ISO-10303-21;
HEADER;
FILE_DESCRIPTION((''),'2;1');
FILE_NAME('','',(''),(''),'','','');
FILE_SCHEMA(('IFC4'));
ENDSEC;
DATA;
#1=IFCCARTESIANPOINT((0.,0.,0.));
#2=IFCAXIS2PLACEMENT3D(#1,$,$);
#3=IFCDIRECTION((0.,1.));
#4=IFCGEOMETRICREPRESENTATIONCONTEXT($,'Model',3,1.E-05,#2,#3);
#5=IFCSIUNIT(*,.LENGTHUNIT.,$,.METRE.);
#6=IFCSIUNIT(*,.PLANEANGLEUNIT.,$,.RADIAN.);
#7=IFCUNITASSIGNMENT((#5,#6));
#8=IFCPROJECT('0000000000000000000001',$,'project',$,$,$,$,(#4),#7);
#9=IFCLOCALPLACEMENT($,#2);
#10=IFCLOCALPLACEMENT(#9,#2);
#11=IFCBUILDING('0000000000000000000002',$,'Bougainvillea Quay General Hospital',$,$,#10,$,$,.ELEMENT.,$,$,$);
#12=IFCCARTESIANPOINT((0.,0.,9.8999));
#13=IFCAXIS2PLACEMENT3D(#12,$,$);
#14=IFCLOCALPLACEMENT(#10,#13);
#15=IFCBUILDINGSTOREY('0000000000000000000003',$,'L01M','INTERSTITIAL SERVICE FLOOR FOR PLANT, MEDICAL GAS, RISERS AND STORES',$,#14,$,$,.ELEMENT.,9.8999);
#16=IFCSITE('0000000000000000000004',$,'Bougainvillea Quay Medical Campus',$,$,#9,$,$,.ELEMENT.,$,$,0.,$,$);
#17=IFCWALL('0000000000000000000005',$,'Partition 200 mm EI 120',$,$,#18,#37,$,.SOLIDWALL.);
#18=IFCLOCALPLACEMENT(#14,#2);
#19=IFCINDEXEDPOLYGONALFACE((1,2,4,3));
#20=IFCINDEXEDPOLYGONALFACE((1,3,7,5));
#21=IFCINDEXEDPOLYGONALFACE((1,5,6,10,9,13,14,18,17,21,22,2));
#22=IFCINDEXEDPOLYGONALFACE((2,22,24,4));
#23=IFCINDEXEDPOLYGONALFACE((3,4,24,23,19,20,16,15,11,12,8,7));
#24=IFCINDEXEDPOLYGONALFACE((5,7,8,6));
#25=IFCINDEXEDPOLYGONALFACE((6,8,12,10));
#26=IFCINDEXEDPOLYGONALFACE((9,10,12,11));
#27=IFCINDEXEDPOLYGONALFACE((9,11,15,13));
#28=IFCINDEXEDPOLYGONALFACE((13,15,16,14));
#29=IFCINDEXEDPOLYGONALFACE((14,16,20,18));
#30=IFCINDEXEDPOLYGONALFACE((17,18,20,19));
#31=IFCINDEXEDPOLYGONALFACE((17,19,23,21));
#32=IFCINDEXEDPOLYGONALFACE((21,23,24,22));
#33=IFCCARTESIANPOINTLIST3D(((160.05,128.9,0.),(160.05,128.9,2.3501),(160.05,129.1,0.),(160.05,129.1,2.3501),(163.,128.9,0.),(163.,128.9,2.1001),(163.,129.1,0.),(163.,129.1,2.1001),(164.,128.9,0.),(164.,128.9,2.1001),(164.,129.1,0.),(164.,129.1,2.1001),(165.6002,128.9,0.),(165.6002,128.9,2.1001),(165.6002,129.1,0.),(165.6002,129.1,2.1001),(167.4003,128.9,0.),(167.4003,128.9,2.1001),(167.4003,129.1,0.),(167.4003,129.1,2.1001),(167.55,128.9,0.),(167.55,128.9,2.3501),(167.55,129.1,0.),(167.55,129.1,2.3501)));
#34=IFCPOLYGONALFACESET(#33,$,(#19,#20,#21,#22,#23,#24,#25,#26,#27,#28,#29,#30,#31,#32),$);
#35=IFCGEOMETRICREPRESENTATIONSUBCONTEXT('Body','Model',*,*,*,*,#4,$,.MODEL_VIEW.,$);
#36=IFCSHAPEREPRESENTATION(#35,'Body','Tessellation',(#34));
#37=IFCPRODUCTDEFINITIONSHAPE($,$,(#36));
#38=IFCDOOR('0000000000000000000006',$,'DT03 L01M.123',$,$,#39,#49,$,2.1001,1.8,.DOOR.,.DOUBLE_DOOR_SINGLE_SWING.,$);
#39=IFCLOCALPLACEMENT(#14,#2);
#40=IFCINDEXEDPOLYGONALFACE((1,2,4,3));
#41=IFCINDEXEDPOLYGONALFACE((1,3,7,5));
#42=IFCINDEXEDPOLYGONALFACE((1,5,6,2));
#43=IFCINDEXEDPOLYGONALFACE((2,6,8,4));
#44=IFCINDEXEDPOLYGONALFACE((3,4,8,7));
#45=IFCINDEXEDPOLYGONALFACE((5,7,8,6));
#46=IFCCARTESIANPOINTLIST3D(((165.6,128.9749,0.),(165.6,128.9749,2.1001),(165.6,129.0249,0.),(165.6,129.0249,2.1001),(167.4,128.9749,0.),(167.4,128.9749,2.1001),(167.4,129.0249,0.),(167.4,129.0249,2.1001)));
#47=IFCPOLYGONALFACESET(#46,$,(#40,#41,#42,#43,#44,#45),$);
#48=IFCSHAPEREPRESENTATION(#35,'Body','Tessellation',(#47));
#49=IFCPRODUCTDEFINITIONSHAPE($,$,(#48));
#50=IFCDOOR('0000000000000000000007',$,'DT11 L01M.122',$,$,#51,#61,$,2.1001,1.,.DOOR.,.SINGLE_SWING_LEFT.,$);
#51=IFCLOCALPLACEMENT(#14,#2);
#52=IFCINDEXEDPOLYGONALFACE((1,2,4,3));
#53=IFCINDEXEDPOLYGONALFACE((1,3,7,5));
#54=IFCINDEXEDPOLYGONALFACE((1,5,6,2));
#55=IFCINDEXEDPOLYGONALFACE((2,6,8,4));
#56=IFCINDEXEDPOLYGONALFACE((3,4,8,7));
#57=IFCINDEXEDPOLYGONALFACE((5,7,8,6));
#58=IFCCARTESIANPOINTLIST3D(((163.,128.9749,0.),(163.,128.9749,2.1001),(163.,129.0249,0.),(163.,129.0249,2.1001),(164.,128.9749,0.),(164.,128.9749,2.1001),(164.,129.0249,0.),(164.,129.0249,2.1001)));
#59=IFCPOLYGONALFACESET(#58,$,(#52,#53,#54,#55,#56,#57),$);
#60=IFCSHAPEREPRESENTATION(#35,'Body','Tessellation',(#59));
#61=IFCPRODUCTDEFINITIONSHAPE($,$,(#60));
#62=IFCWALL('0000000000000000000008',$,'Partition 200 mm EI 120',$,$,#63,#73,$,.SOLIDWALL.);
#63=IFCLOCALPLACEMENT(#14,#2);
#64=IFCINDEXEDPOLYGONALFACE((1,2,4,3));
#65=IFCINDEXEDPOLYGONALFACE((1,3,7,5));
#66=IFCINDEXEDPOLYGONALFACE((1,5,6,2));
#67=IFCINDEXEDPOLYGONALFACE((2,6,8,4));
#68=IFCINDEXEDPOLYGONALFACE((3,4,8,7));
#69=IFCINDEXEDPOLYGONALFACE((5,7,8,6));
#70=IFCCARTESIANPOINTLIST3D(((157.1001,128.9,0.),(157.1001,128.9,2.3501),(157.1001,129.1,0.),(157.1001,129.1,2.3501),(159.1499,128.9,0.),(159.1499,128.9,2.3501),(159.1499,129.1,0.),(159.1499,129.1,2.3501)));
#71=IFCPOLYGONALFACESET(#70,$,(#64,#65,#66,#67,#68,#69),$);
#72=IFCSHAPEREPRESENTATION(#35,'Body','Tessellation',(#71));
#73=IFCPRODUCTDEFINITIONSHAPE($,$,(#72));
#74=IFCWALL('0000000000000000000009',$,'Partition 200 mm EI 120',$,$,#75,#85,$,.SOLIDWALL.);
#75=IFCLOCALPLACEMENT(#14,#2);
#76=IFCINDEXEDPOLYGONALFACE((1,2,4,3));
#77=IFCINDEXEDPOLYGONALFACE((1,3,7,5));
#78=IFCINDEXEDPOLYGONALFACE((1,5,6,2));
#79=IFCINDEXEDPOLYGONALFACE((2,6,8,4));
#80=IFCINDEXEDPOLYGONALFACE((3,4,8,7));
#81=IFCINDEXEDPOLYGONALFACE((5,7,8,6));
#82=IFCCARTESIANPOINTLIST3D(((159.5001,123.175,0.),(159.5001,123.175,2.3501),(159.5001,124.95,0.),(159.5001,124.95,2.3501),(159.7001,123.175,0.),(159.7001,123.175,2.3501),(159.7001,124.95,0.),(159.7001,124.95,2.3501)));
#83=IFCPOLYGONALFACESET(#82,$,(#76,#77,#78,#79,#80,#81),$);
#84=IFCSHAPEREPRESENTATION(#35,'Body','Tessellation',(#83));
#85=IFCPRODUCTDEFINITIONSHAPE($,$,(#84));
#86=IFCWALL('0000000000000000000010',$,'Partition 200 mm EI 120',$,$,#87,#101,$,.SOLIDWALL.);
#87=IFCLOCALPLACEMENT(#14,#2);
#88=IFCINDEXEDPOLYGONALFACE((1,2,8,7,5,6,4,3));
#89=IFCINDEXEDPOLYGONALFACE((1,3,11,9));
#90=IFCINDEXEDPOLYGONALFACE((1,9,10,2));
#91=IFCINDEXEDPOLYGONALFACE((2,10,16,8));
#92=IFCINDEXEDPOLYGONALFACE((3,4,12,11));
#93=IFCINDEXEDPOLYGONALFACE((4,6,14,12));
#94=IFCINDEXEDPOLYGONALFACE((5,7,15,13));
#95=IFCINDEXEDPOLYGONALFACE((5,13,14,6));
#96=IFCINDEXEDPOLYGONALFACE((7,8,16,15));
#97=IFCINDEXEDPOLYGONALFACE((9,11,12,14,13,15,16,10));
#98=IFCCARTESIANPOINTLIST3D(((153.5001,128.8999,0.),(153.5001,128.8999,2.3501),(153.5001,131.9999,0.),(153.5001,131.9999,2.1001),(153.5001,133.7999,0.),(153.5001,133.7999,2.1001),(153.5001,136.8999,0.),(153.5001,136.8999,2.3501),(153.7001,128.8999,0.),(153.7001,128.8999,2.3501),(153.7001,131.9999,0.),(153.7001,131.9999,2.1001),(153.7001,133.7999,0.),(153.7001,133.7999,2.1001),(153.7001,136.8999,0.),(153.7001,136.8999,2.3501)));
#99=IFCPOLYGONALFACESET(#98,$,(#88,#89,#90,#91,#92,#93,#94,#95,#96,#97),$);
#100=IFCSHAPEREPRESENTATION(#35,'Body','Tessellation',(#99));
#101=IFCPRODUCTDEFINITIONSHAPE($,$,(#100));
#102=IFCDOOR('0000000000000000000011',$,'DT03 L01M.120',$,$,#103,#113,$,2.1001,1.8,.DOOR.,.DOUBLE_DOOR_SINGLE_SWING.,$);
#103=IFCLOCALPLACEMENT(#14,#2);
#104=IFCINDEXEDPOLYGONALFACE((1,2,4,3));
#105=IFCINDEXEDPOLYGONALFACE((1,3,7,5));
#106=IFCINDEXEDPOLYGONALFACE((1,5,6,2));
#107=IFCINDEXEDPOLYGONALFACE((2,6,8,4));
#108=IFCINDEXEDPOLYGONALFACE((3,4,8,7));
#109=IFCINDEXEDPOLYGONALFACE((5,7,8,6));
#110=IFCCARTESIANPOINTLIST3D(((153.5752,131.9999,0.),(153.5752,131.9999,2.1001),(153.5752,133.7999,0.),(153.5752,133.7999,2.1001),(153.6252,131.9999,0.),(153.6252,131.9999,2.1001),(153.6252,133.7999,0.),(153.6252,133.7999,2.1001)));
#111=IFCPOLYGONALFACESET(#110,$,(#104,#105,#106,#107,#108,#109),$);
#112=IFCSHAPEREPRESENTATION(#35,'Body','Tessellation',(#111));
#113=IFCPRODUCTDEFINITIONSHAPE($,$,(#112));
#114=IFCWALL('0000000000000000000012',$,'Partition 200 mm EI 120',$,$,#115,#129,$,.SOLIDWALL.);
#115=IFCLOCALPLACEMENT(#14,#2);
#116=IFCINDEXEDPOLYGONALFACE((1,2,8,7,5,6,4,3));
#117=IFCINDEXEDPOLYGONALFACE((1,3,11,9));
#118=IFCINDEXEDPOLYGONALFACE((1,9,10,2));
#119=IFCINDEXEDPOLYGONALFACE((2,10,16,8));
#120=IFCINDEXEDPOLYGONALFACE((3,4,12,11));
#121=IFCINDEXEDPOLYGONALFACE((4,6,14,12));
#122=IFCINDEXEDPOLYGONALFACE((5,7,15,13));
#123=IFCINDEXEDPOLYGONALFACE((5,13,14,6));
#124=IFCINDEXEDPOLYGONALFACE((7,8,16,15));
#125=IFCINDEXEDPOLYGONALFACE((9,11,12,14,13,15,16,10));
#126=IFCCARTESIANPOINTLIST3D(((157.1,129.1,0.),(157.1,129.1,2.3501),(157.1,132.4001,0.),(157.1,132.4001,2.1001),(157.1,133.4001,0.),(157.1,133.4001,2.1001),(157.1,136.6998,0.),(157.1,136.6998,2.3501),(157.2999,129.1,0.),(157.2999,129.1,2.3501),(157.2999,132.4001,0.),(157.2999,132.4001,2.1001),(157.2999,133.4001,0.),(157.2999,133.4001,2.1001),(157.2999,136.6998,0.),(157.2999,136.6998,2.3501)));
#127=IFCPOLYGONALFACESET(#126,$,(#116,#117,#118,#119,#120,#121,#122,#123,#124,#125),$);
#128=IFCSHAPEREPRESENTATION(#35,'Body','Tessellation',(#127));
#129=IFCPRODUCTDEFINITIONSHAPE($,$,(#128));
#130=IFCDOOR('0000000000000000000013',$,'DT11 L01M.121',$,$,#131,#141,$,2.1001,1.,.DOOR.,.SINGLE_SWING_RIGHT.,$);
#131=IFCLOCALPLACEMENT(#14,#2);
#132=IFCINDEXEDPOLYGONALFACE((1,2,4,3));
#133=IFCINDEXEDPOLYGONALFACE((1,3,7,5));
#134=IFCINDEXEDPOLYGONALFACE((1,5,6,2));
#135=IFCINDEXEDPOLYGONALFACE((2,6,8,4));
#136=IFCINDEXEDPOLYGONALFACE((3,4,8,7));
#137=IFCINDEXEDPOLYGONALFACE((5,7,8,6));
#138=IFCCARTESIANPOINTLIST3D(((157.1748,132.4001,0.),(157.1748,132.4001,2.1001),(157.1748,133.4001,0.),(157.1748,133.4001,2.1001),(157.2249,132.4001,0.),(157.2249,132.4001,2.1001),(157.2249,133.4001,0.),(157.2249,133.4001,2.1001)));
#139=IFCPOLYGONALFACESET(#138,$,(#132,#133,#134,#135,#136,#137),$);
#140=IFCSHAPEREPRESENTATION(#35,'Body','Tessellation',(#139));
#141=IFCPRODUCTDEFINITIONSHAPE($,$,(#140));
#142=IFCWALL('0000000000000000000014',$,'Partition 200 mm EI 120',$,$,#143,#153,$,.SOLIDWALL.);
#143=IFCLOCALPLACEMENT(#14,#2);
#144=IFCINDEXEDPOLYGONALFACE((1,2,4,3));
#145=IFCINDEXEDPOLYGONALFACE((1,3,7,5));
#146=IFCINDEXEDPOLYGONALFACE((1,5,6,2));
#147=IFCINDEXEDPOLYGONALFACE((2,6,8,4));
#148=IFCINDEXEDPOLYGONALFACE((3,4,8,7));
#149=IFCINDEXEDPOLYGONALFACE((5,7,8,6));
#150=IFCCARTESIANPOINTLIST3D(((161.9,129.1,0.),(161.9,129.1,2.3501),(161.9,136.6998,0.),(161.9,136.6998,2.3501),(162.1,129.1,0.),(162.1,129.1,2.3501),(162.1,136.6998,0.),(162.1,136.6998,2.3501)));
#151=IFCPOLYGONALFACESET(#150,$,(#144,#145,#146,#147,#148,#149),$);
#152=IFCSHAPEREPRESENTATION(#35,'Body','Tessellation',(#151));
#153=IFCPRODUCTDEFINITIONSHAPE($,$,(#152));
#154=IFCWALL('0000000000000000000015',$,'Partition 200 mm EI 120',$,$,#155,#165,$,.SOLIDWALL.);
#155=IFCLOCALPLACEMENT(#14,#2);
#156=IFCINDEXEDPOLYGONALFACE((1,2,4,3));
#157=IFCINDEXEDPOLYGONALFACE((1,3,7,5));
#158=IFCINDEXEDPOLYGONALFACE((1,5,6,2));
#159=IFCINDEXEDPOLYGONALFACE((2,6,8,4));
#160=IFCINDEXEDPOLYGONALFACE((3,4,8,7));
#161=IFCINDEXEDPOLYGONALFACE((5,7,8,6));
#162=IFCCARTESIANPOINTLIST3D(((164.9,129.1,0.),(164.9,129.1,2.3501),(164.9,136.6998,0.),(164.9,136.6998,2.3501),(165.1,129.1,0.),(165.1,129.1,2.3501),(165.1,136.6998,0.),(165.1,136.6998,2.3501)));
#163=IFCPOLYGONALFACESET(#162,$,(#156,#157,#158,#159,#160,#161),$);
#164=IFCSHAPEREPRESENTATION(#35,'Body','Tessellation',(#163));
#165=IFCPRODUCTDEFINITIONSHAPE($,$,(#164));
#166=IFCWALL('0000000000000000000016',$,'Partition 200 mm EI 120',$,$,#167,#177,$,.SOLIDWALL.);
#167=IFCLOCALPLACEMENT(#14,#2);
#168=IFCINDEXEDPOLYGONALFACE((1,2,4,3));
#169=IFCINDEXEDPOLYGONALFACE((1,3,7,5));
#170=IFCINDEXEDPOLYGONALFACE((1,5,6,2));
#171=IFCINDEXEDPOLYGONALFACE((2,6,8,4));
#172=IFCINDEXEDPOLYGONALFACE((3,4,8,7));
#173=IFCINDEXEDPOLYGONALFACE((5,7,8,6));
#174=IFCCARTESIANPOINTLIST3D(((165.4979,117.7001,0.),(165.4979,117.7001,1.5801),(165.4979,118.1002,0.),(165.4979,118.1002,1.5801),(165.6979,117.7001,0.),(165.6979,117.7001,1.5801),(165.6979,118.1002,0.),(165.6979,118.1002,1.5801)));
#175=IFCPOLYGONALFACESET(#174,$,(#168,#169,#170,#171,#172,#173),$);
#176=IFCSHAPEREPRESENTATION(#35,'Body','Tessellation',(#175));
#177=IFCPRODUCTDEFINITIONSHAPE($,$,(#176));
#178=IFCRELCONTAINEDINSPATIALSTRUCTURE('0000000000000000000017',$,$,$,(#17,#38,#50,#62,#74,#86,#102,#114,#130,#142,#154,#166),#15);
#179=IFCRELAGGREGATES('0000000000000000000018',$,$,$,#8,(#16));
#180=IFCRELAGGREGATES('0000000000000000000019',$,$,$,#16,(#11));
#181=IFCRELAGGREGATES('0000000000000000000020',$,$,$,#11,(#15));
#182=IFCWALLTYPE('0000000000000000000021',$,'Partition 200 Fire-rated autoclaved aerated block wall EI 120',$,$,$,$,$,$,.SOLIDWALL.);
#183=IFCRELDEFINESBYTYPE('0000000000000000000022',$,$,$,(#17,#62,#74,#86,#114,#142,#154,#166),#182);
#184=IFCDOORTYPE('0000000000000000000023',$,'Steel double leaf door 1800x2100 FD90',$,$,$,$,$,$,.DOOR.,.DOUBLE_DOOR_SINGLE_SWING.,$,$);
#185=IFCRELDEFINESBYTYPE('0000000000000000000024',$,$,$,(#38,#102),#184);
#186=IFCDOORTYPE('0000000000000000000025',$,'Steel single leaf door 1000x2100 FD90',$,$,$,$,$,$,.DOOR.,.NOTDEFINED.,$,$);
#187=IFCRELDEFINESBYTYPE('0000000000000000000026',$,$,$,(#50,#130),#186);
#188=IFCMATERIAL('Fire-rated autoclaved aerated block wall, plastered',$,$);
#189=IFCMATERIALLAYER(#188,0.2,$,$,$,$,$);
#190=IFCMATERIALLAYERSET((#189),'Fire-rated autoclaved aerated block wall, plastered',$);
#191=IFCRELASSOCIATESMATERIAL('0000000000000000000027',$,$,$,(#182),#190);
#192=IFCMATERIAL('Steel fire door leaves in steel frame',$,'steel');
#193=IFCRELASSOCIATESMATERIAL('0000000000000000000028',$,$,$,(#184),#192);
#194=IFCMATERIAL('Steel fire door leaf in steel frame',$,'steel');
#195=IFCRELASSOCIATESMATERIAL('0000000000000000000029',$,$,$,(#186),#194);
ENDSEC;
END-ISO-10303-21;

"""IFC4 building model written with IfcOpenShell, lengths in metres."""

from ifc_helpers import new_model, si_unit, direction, frame, frame_2d, origin, place, context, subcontext, project, spatial, rectangle, extrude, material, layer, layer_set, type_object, element, fill, save


model = new_model("IFC4")

# Units and contexts
model_context = context("Model", 3, precision=1e-05, world=origin(), true_north=direction((0.0, 1.0)))
body_context = subcontext(model_context, "Body", "Model", "MODEL_VIEW")
ifc_project = project(units=[si_unit("LENGTHUNIT", "METRE"), si_unit("PLANEANGLEUNIT", "RADIAN")], contexts=[model_context])

# Site, building, storey
site_placement = place(None, origin())
site = spatial("IfcSite", under=ifc_project, at=site_placement, Name="Bougainvillea Quay Medical Campus", CompositionType="ELEMENT", RefElevation=0.0)
building_placement = place(site_placement, origin())
building = spatial("IfcBuilding", under=site, at=building_placement, Name="Bougainvillea Quay General Hospital", CompositionType="ELEMENT")
storey_placement = place(building_placement, frame((0.0, 0.0, 9.8999)))
storey = spatial("IfcBuildingStorey", under=building, at=storey_placement, Name="L01M", Description="INTERSTITIAL SERVICE FLOOR FOR PLANT, MEDICAL GAS, RISERS AND STORES", CompositionType="ELEMENT", Elevation=9.8999)

# Shared definitions
ifc_material_1 = material(Name="Fire-rated autoclaved aerated block wall, plastered")
ifc_layer_1 = layer(ifc_material_1, 0.2)
ifc_layer_set_1 = layer_set([ifc_layer_1], Name="Fire-rated autoclaved aerated block wall, plastered")
wall_type_1 = type_object("IfcWallType", Name="Partition 200 Fire-rated autoclaved aerated block wall EI 120", PredefinedType="SOLIDWALL", material=ifc_layer_set_1)

# Shared definitions
ifc_material_2 = material(Name="Steel fire door leaves in steel frame", Category="steel")
door_type_1 = type_object("IfcDoorType", Name="Steel double leaf door 1800x2100 FD90", OperationType="DOUBLE_DOOR_SINGLE_SWING", PredefinedType="DOOR", material=ifc_material_2)
ifc_material_3 = material(Name="Steel fire door leaf in steel frame", Category="steel")
door_type_2 = type_object("IfcDoorType", Name="Steel single leaf door 1000x2100 FD90", OperationType="NOTDEFINED", PredefinedType="DOOR", material=ifc_material_3)

# Wall, openings, doors
wall_1_placement = place(storey_placement, frame((167.55, 129.0, 0.0), z_axis=(0.0, 0.0, 1.0), x_axis=(-1.0, 0.0, 0.0)))
wall_1 = element("IfcWall", 1, at=wall_1_placement, inside=storey, type_object=wall_type_1, Name="Partition 200 mm EI 120", PredefinedType="SOLIDWALL", context=body_context, shape_type="SweptSolid", body=[
    extrude(rectangle(XDim=7.5, YDim=0.2, at=frame_2d((3.75, 0.0))), origin(), (0.0, 0.0, 1.0), 2.3501),
])
opening_1_placement = place(wall_1_placement, frame((3.55, 0.0, 0.0)))
opening_1 = element("IfcOpeningElement", 2, at=opening_1_placement, cuts=wall_1, PredefinedType="OPENING", context=body_context, shape_type="SweptSolid", body=[
    extrude(rectangle(XDim=1.0, YDim=2.1001, at=frame_2d((0.5, 1.05))), frame((0.0, 0.1099, 0.0), z_axis=(0.0, -1.0, 0.0), x_axis=(1.0, 0.0, 0.0)), (0.0, 0.0, 1.0), 0.22),
])
opening_2_placement = place(wall_1_placement, frame((0.1499, 0.0, 0.0)))
opening_2 = element("IfcOpeningElement", 3, at=opening_2_placement, cuts=wall_1, PredefinedType="OPENING", context=body_context, shape_type="SweptSolid", body=[
    extrude(rectangle(XDim=1.8, YDim=2.1001, at=frame_2d((0.8999, 1.05))), frame((0.0, 0.1099, 0.0), z_axis=(0.0, -1.0, 0.0), x_axis=(1.0, 0.0, 0.0)), (0.0, 0.0, 1.0), 0.22),
])
door_1_placement = place(opening_2_placement, frame((1.8, 0.0, 0.0), z_axis=(0.0, 0.0, 1.0), x_axis=(-1.0, 0.0, 0.0)))
door_1 = element("IfcDoor", 4, at=door_1_placement, inside=storey, type_object=door_type_1, Name="DT03 L01M.123", OperationType="DOUBLE_DOOR_SINGLE_SWING", OverallHeight=2.1001, OverallWidth=1.8, PredefinedType="DOOR", context=body_context, shape_type="SweptSolid", body=[
    extrude(rectangle(XDim=1.8, YDim=2.1001, at=frame_2d((0.8999, 1.05))), frame((0.0, 0.0249, 0.0), z_axis=(0.0, -1.0, 0.0), x_axis=(1.0, 0.0, 0.0)), (0.0, 0.0, 1.0), 0.05),
])
fill(opening_2, door_1)
door_2_placement = place(opening_1_placement, frame((1.0, 0.0, 0.0), z_axis=(0.0, 0.0, 1.0), x_axis=(-1.0, 0.0, 0.0)))
door_2 = element("IfcDoor", 5, at=door_2_placement, inside=storey, type_object=door_type_2, Name="DT11 L01M.122", OperationType="SINGLE_SWING_LEFT", OverallHeight=2.1001, OverallWidth=1.0, PredefinedType="DOOR", context=body_context, shape_type="SweptSolid", body=[
    extrude(rectangle(XDim=1.0, YDim=2.1001, at=frame_2d((0.5, 1.05))), frame((0.0, 0.0249, 0.0), z_axis=(0.0, -1.0, 0.0), x_axis=(1.0, 0.0, 0.0)), (0.0, 0.0, 1.0), 0.05),
])
fill(opening_1, door_2)

# Walls
wall_2_placement = place(storey_placement, frame((159.1499, 129.0, 0.0), z_axis=(0.0, 0.0, 1.0), x_axis=(-1.0, 0.0, 0.0)))
element("IfcWall", 6, at=wall_2_placement, inside=storey, type_object=wall_type_1, Name="Partition 200 mm EI 120", PredefinedType="SOLIDWALL", context=body_context, shape_type="SweptSolid", body=[
    extrude(rectangle(XDim=2.0498, YDim=0.2, at=frame_2d((1.0249, 0.0))), origin(), (0.0, 0.0, 1.0), 2.3501),
])
wall_3_placement = place(storey_placement, frame((159.6001, 123.175, 0.0), z_axis=(0.0, 0.0, 1.0), x_axis=(0.0, 1.0, 0.0)))
element("IfcWall", 7, at=wall_3_placement, inside=storey, type_object=wall_type_1, Name="Partition 200 mm EI 120", PredefinedType="SOLIDWALL", context=body_context, shape_type="SweptSolid", body=[
    extrude(rectangle(XDim=1.7749, YDim=0.2, at=frame_2d((0.8875, 0.0))), origin(), (0.0, 0.0, 1.0), 2.3501),
])

# Walls, openings, doors
wall_4_placement = place(storey_placement, frame((153.6001, 128.8999, 0.0), z_axis=(0.0, 0.0, 1.0), x_axis=(0.0, 1.0, 0.0)))
wall_4 = element("IfcWall", 8, at=wall_4_placement, inside=storey, type_object=wall_type_1, Name="Partition 200 mm EI 120", PredefinedType="SOLIDWALL", context=body_context, shape_type="SweptSolid", body=[
    extrude(rectangle(XDim=8.0, YDim=0.2, at=frame_2d((4.0, 0.0))), origin(), (0.0, 0.0, 1.0), 2.3501),
])
opening_3_placement = place(wall_4_placement, frame((3.1001, 0.0, 0.0)))
opening_3 = element("IfcOpeningElement", 9, at=opening_3_placement, cuts=wall_4, PredefinedType="OPENING", context=body_context, shape_type="SweptSolid", body=[
    extrude(rectangle(XDim=1.8, YDim=2.1001, at=frame_2d((0.8999, 1.05))), frame((0.0, 0.1099, 0.0), z_axis=(0.0, -1.0, 0.0), x_axis=(1.0, 0.0, 0.0)), (0.0, 0.0, 1.0), 0.22),
])
door_3_placement = place(opening_3_placement, origin())
door_3 = element("IfcDoor", 10, at=door_3_placement, inside=storey, type_object=door_type_1, Name="DT03 L01M.120", OperationType="DOUBLE_DOOR_SINGLE_SWING", OverallHeight=2.1001, OverallWidth=1.8, PredefinedType="DOOR", context=body_context, shape_type="SweptSolid", body=[
    extrude(rectangle(XDim=1.8, YDim=2.1001, at=frame_2d((0.8999, 1.05))), frame((0.0, 0.0249, 0.0), z_axis=(0.0, -1.0, 0.0), x_axis=(1.0, 0.0, 0.0)), (0.0, 0.0, 1.0), 0.05),
])
fill(opening_3, door_3)
wall_5_placement = place(storey_placement, frame((157.2, 129.1001, 0.0), z_axis=(0.0, 0.0, 1.0), x_axis=(0.0, 1.0, 0.0)))
wall_5 = element("IfcWall", 11, at=wall_5_placement, inside=storey, type_object=wall_type_1, Name="Partition 200 mm EI 120", PredefinedType="SOLIDWALL", context=body_context, shape_type="SweptSolid", body=[
    extrude(rectangle(XDim=7.5999, YDim=0.2, at=frame_2d((3.7998, 0.0))), origin(), (0.0, 0.0, 1.0), 2.3501),
])
opening_4_placement = place(wall_5_placement, frame((3.3, 0.0, 0.0)))
opening_4 = element("IfcOpeningElement", 12, at=opening_4_placement, cuts=wall_5, PredefinedType="OPENING", context=body_context, shape_type="SweptSolid", body=[
    extrude(rectangle(XDim=1.0, YDim=2.1001, at=frame_2d((0.5, 1.05))), frame((0.0, 0.1099, 0.0), z_axis=(0.0, -1.0, 0.0), x_axis=(1.0, 0.0, 0.0)), (0.0, 0.0, 1.0), 0.22),
])
door_4_placement = place(opening_4_placement, frame((1.0, 0.0, 0.0), z_axis=(0.0, 0.0, 1.0), x_axis=(-1.0, 0.0, 0.0)))
door_4 = element("IfcDoor", 13, at=door_4_placement, inside=storey, type_object=door_type_2, Name="DT11 L01M.121", OperationType="SINGLE_SWING_RIGHT", OverallHeight=2.1001, OverallWidth=1.0, PredefinedType="DOOR", context=body_context, shape_type="SweptSolid", body=[
    extrude(rectangle(XDim=1.0, YDim=2.1001, at=frame_2d((0.5, 1.05))), frame((0.0, 0.0249, 0.0), z_axis=(0.0, -1.0, 0.0), x_axis=(1.0, 0.0, 0.0)), (0.0, 0.0, 1.0), 0.05),
])
fill(opening_4, door_4)

# Walls
for number, where, z_axis, x_axis, name in (
    (14, (162.0, 129.1001, 0.0), (0.0, 0.0, 1.0), (0.0, 1.0, 0.0), "Partition 200 mm EI 120"),
    (15, (165.0, 129.1001, 0.0), (0.0, 0.0, 1.0), (0.0, 1.0, 0.0), "Partition 200 mm EI 120"),
):
    element("IfcWall", number, at=place(storey_placement, frame(where, z_axis=z_axis, x_axis=x_axis)), inside=storey, type_object=wall_type_1, Name=name, PredefinedType="SOLIDWALL", context=body_context, shape_type="SweptSolid", body=[
        extrude(rectangle(XDim=7.5999, YDim=0.2, at=frame_2d((3.7998, 0.0))), origin(), (0.0, 0.0, 1.0), 2.3501),
    ])
wall_6_placement = place(storey_placement, frame((165.5979, 117.7, 0.0), z_axis=(0.0, 0.0, 1.0), x_axis=(0.0, 1.0, 0.0)))
element("IfcWall", 16, at=wall_6_placement, inside=storey, type_object=wall_type_1, Name="Partition 200 mm EI 120", PredefinedType="SOLIDWALL", context=body_context, shape_type="SweptSolid", body=[
    extrude(rectangle(XDim=0.4001, YDim=0.2, at=frame_2d((0.2002, 0.0))), origin(), (0.0, 0.0, 1.0), 1.5801),
])

save(model, "model.ifc")
